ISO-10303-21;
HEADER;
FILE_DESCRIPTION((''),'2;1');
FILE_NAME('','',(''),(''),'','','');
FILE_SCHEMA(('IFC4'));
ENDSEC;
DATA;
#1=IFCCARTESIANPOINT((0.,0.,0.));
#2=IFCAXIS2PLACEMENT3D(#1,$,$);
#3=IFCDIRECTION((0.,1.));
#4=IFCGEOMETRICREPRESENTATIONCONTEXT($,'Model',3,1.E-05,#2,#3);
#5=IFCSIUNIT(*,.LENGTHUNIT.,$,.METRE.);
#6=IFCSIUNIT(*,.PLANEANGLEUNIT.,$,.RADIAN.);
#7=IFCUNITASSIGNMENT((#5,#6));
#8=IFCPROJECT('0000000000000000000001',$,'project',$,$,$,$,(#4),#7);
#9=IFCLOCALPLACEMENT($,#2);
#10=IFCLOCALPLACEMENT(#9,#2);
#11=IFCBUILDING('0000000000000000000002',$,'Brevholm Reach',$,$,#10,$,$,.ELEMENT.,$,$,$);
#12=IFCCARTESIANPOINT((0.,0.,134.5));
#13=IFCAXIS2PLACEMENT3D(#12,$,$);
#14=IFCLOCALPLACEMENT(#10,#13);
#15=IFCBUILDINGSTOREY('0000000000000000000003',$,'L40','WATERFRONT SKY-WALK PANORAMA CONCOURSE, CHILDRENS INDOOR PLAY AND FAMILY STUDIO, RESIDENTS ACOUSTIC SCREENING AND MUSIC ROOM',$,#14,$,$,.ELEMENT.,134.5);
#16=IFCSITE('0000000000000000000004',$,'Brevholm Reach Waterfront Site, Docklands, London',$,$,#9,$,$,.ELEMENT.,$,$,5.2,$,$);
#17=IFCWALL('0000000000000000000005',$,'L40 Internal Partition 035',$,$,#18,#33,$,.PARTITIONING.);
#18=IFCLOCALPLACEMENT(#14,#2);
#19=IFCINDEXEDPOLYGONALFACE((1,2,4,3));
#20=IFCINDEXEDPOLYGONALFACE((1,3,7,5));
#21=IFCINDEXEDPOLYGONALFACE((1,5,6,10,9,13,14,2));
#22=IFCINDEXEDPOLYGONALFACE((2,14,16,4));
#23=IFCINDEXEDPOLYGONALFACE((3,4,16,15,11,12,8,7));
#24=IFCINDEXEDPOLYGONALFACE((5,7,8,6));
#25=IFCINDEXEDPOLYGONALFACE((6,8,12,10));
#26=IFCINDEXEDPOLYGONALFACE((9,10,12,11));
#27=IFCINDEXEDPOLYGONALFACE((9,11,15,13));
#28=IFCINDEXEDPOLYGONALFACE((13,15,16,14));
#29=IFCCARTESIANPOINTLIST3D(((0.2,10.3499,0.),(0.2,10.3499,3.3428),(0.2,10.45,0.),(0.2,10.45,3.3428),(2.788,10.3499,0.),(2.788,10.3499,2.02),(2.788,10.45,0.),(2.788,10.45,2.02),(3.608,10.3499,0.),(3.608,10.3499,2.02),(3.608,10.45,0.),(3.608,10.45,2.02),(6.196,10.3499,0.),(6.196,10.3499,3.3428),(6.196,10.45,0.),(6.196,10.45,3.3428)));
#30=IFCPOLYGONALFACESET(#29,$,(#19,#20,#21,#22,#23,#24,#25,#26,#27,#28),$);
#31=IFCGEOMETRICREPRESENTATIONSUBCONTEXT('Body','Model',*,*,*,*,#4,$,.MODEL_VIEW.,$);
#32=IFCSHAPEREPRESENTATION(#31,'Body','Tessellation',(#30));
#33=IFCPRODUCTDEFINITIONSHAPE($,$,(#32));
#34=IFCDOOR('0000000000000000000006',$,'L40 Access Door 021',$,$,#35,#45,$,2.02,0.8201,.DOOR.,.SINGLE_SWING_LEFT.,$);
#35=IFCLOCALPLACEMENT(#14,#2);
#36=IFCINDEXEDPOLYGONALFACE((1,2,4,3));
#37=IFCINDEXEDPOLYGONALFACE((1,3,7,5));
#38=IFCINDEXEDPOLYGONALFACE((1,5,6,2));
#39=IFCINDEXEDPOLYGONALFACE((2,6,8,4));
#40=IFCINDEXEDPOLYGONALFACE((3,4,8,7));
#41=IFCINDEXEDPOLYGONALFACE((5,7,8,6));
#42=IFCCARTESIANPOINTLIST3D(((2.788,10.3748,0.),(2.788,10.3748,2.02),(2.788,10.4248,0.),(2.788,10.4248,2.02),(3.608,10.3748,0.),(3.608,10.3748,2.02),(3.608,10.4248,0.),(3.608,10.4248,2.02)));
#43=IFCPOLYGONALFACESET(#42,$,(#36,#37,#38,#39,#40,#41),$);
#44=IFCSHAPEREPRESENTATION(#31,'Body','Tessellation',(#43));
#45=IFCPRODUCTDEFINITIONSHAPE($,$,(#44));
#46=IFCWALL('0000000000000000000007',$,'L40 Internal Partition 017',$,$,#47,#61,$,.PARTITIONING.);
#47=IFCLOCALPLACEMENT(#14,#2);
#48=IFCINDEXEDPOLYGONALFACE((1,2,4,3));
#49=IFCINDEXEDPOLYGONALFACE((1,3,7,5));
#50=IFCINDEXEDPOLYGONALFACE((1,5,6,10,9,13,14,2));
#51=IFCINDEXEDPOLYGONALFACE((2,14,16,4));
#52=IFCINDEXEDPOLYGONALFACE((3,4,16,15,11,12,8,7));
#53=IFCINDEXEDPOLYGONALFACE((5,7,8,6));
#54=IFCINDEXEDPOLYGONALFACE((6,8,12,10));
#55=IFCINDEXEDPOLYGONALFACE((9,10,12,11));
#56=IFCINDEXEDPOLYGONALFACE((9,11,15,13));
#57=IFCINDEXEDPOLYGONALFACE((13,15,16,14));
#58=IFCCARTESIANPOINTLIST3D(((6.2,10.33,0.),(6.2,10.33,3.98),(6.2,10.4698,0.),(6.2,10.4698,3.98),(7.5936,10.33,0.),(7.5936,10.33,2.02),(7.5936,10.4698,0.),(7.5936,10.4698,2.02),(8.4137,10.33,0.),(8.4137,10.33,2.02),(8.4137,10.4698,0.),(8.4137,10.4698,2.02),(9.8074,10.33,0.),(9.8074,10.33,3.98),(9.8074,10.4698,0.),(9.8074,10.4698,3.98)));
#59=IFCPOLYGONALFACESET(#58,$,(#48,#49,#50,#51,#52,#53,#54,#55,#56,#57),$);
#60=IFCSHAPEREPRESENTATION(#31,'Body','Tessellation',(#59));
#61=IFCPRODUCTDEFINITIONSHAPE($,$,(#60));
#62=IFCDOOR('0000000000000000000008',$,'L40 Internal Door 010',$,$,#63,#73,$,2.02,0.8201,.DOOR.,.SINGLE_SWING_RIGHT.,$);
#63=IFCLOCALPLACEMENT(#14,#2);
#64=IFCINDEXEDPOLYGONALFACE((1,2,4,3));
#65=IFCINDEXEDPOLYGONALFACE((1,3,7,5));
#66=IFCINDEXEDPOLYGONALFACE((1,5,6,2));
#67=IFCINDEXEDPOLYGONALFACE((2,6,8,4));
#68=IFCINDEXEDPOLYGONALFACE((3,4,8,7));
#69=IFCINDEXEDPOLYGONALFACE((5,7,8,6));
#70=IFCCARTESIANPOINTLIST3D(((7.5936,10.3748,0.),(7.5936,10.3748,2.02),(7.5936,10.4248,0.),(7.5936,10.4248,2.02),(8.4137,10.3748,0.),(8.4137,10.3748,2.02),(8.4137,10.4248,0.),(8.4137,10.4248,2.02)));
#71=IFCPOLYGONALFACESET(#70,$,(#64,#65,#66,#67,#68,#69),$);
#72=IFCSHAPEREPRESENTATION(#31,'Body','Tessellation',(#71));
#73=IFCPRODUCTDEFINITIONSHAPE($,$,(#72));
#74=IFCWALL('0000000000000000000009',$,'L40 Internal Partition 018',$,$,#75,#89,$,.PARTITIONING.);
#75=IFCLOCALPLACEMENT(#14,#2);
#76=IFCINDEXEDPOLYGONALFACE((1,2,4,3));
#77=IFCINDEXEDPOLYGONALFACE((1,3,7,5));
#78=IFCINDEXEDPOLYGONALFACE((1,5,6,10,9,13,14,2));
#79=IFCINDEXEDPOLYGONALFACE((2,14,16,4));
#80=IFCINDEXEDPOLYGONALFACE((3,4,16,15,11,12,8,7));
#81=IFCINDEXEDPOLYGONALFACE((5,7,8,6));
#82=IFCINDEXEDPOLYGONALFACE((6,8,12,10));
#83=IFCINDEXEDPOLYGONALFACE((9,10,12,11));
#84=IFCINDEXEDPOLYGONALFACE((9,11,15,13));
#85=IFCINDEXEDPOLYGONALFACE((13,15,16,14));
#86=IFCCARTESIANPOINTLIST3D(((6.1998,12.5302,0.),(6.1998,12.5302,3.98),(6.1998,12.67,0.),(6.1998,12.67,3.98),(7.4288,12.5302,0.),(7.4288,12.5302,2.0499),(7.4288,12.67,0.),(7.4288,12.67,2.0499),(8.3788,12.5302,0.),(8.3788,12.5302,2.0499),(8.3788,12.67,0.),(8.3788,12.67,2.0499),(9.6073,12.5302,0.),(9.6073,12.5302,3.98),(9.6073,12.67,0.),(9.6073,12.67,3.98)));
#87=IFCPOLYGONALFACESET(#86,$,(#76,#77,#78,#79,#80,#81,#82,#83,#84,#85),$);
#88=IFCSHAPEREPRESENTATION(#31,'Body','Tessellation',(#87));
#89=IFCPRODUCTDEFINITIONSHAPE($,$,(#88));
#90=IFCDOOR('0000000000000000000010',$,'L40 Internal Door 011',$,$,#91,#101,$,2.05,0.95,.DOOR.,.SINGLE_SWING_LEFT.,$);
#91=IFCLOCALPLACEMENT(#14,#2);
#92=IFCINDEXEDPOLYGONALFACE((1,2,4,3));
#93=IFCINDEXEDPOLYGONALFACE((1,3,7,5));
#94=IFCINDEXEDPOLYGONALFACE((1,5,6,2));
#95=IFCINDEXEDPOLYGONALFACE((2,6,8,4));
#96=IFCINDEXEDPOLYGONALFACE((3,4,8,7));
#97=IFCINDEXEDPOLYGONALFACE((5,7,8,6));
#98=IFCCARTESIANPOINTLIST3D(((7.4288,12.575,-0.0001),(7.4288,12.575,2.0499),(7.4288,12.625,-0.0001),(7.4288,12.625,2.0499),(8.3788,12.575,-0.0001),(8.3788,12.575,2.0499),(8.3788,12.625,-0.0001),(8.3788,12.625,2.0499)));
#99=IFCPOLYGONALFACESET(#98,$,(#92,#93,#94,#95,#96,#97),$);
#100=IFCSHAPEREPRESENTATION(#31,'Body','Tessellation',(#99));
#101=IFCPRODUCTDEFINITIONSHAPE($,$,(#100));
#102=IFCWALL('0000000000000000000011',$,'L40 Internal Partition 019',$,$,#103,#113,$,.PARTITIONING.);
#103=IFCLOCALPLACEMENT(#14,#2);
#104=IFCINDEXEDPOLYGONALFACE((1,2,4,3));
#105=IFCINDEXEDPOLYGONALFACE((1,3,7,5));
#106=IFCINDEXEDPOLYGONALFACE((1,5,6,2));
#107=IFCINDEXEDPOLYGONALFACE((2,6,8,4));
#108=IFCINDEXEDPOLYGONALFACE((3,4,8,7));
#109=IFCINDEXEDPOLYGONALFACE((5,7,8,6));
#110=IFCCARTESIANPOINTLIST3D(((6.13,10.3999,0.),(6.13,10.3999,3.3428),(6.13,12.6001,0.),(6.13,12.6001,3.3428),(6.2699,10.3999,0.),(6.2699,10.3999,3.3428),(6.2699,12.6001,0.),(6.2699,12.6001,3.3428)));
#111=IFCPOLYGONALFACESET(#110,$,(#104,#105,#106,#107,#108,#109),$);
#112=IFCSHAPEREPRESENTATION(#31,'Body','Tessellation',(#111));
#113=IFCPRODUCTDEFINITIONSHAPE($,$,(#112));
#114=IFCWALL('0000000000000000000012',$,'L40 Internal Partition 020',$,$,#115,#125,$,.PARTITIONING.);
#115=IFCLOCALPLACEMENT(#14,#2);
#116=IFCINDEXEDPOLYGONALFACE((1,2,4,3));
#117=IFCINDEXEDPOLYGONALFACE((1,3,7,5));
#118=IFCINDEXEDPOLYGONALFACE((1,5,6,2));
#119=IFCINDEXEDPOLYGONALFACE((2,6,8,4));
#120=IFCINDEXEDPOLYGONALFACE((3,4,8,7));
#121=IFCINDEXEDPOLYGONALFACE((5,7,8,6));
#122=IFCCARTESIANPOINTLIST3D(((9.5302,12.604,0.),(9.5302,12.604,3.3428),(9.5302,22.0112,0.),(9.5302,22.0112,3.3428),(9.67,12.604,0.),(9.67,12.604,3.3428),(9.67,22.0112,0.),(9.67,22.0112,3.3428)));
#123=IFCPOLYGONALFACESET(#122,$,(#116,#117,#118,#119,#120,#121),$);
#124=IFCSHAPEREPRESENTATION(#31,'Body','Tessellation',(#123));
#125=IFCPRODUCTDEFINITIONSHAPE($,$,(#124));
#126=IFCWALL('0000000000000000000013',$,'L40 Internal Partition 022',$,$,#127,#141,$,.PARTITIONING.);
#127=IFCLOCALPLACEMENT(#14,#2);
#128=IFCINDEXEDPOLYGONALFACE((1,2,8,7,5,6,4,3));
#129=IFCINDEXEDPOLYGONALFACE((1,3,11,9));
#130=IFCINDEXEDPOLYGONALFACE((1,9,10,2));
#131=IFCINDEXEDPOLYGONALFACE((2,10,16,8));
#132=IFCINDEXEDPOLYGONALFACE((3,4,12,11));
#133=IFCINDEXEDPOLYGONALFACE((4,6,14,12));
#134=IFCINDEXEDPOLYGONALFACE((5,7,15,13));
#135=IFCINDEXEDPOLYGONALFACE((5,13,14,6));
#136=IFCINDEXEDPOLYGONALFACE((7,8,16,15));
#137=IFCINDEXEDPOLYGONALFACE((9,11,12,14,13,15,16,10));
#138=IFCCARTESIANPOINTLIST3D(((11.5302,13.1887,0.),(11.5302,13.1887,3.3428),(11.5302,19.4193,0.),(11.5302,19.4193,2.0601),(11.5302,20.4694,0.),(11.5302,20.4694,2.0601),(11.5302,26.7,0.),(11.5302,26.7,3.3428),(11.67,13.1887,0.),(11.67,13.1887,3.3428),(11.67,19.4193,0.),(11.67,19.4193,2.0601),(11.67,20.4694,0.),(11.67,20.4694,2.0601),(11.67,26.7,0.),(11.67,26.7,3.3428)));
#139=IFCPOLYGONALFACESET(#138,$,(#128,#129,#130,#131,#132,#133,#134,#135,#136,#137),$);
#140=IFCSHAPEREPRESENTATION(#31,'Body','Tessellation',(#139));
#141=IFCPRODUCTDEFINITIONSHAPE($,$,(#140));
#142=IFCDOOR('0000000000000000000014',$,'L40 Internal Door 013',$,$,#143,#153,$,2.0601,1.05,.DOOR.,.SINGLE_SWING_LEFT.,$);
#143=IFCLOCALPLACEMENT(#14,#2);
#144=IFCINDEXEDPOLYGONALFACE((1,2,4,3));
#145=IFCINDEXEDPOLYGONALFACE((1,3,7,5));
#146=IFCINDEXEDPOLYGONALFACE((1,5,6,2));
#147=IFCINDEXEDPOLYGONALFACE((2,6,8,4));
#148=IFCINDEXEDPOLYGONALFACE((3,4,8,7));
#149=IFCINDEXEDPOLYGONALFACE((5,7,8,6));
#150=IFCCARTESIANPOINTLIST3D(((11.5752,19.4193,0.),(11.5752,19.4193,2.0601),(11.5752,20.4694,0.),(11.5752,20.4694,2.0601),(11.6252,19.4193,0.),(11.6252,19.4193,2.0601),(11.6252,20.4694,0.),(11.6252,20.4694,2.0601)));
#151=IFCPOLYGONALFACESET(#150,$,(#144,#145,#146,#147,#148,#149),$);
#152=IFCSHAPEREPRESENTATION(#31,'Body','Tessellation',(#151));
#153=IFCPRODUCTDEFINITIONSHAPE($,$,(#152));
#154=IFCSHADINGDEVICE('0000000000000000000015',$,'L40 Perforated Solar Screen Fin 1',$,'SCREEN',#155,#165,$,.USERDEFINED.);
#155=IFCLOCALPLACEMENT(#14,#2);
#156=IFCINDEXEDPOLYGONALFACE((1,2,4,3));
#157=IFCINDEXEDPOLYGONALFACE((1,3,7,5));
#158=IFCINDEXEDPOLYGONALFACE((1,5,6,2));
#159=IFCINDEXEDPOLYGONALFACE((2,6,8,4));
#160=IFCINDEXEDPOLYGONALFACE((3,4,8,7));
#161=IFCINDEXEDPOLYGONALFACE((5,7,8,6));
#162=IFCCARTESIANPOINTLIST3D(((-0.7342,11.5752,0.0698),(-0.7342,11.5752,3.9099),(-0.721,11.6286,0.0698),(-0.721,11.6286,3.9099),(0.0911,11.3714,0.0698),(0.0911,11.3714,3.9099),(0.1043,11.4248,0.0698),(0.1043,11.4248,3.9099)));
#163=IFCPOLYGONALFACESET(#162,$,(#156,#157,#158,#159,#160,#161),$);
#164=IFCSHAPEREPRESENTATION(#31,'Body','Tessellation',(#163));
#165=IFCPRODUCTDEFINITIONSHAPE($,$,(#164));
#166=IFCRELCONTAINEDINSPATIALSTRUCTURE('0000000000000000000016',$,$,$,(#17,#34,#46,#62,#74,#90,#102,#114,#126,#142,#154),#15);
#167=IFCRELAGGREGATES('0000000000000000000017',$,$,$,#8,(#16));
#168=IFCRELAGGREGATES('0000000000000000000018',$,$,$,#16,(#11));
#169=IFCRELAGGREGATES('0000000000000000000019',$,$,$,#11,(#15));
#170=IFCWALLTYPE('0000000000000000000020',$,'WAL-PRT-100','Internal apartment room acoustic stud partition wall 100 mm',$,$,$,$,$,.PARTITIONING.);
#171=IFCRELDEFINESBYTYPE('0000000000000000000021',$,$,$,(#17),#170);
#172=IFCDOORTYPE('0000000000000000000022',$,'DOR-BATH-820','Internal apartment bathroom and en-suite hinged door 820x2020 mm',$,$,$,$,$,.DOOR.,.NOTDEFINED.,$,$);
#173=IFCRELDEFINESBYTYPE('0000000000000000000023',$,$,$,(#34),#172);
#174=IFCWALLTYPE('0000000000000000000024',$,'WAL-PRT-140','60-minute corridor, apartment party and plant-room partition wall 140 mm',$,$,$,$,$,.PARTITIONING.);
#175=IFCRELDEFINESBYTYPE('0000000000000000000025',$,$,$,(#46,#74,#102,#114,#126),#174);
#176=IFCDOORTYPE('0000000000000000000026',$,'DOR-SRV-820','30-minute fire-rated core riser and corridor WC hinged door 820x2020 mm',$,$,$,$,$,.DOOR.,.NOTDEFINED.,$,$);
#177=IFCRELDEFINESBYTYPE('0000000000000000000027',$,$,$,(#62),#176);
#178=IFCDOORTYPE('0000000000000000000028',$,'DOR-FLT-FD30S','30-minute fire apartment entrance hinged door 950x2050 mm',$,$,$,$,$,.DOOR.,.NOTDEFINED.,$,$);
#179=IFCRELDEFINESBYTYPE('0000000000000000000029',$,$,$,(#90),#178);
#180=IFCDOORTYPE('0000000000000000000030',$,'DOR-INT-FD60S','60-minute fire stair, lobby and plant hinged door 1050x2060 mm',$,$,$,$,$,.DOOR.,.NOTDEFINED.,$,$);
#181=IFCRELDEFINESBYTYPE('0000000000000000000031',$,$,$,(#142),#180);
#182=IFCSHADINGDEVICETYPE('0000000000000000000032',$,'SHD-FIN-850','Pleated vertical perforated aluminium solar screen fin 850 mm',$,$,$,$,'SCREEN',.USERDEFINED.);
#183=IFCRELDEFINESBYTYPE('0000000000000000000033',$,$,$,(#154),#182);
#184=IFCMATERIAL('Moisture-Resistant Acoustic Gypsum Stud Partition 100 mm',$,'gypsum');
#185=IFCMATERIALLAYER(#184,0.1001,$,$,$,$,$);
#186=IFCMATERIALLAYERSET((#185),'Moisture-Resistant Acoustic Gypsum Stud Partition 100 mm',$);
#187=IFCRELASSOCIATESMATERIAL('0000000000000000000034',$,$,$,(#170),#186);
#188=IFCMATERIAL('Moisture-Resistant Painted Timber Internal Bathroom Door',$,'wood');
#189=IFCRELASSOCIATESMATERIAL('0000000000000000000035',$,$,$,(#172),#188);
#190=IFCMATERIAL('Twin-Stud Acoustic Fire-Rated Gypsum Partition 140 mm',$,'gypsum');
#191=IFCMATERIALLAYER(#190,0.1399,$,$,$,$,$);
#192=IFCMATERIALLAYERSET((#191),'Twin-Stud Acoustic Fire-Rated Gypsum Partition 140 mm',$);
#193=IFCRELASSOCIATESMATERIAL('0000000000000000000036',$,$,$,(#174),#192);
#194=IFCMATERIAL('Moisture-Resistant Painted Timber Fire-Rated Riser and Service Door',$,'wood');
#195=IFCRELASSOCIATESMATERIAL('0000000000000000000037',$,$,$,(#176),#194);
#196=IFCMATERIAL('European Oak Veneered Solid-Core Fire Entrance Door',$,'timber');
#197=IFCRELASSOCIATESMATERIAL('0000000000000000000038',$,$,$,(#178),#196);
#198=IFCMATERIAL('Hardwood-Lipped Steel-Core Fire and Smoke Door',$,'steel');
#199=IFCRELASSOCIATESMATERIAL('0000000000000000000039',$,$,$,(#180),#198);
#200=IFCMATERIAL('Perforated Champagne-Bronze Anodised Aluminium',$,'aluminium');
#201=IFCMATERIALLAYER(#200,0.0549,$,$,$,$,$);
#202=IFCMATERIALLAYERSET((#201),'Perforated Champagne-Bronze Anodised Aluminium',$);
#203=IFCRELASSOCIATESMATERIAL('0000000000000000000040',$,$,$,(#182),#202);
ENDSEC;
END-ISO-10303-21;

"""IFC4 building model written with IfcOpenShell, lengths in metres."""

from ifc_helpers import new_model, si_unit, direction, frame, frame_2d, origin, origin_2d, place, context, subcontext, project, spatial, rectangle, extrude, material, layer, layer_set, type_object, element, fill, save


model = new_model("IFC4")

# Units and contexts
model_context = context("Model", 3, precision=1e-05, world=origin(), true_north=direction((0.0, 1.0)))
body_context = subcontext(model_context, "Body", "Model", "MODEL_VIEW")
ifc_project = project(units=[si_unit("LENGTHUNIT", "METRE"), si_unit("PLANEANGLEUNIT", "RADIAN")], contexts=[model_context])

# Site, building, storey
site_placement = place(None, origin())
site = spatial("IfcSite", under=ifc_project, at=site_placement, Name="Brevholm Reach Waterfront Site, Docklands, London", CompositionType="ELEMENT", RefElevation=5.2)
building_placement = place(site_placement, origin())
building = spatial("IfcBuilding", under=site, at=building_placement, Name="Brevholm Reach", CompositionType="ELEMENT")
storey_placement = place(building_placement, frame((0.0, 0.0, 134.5)))
storey = spatial("IfcBuildingStorey", under=building, at=storey_placement, Name="L40", Description="WATERFRONT SKY-WALK PANORAMA CONCOURSE, CHILDRENS INDOOR PLAY AND FAMILY STUDIO, RESIDENTS ACOUSTIC SCREENING AND MUSIC ROOM", CompositionType="ELEMENT", Elevation=134.5)

# Walls, openings, doors
ifc_material_1 = material(Name="Moisture-Resistant Acoustic Gypsum Stud Partition 100 mm", Category="gypsum")
ifc_layer_1 = layer(ifc_material_1, 0.1001)
ifc_layer_set_1 = layer_set([ifc_layer_1], Name="Moisture-Resistant Acoustic Gypsum Stud Partition 100 mm")
wall_type_1 = type_object("IfcWallType", Name="WAL-PRT-100", Description="Internal apartment room acoustic stud partition wall 100 mm", PredefinedType="PARTITIONING", material=ifc_layer_set_1)
wall_1_placement = place(storey_placement, frame((0.2, 10.3999, 0.0), z_axis=(0.0, 0.0, 1.0), x_axis=(1.0, 0.0, 0.0)))
wall_1 = element("IfcWall", 1, at=wall_1_placement, inside=storey, type_object=wall_type_1, Name="L40 Internal Partition 035", PredefinedType="PARTITIONING", context=body_context, shape_type="SweptSolid", body=[
    extrude(rectangle(XDim=5.9961, YDim=0.1001, at=frame_2d((2.998, 0.0))), origin(), (0.0, 0.0, 1.0), 3.3428),
])
opening_1_placement = place(wall_1_placement, frame((2.5879, 0.0, 0.0)))
opening_1 = element("IfcOpeningElement", 2, at=opening_1_placement, cuts=wall_1, PredefinedType="OPENING", context=body_context, shape_type="SweptSolid", body=[
    extrude(rectangle(XDim=0.8201, YDim=2.02, at=frame_2d((0.4102, 1.01))), frame((0.0, 0.0601, 0.0), z_axis=(0.0, -1.0, 0.0), x_axis=(1.0, 0.0, 0.0)), (0.0, 0.0, 1.0), 0.1201),
])
ifc_material_2 = material(Name="Moisture-Resistant Painted Timber Internal Bathroom Door", Category="wood")
door_type_1 = type_object("IfcDoorType", Name="DOR-BATH-820", Description="Internal apartment bathroom and en-suite hinged door 820x2020 mm", OperationType="NOTDEFINED", PredefinedType="DOOR", material=ifc_material_2)
door_1_placement = place(opening_1_placement, origin())
door_1 = element("IfcDoor", 3, at=door_1_placement, inside=storey, type_object=door_type_1, Name="L40 Access Door 021", OperationType="SINGLE_SWING_LEFT", OverallHeight=2.02, OverallWidth=0.8201, PredefinedType="DOOR", context=body_context, shape_type="SweptSolid", body=[
    extrude(rectangle(XDim=0.8201, YDim=2.02, at=frame_2d((0.4102, 1.01))), frame((0.0, 0.0249, 0.0), z_axis=(0.0, -1.0, 0.0), x_axis=(1.0, 0.0, 0.0)), (0.0, 0.0, 1.0), 0.05),
])
fill(opening_1, door_1)
ifc_material_3 = material(Name="Twin-Stud Acoustic Fire-Rated Gypsum Partition 140 mm", Category="gypsum")
ifc_layer_2 = layer(ifc_material_3, 0.1399)
ifc_layer_set_2 = layer_set([ifc_layer_2], Name="Twin-Stud Acoustic Fire-Rated Gypsum Partition 140 mm")
wall_type_2 = type_object("IfcWallType", Name="WAL-PRT-140", Description="60-minute corridor, apartment party and plant-room partition wall 140 mm", PredefinedType="PARTITIONING", material=ifc_layer_set_2)
wall_2_placement = place(storey_placement, frame((6.2, 10.3999, 0.0), z_axis=(0.0, 0.0, 1.0), x_axis=(1.0, 0.0, 0.0)))
wall_2 = element("IfcWall", 4, at=wall_2_placement, inside=storey, type_object=wall_type_2, Name="L40 Internal Partition 017", PredefinedType="PARTITIONING", context=body_context, shape_type="SweptSolid", body=[
    extrude(rectangle(XDim=3.6074, YDim=0.1399, at=frame_2d((1.8037, 0.0))), origin(), (0.0, 0.0, 1.0), 3.98),
])
opening_2_placement = place(wall_2_placement, frame((1.3936, 0.0, 0.0)))
opening_2 = element("IfcOpeningElement", 5, at=opening_2_placement, cuts=wall_2, PredefinedType="OPENING", context=body_context, shape_type="SweptSolid", body=[
    extrude(rectangle(XDim=0.8201, YDim=2.02, at=frame_2d((0.4102, 1.01))), frame((0.0, 0.0798, 0.0), z_axis=(0.0, -1.0, 0.0), x_axis=(1.0, 0.0, 0.0)), (0.0, 0.0, 1.0), 0.1599),
])
ifc_material_4 = material(Name="Moisture-Resistant Painted Timber Fire-Rated Riser and Service Door", Category="wood")
door_type_2 = type_object("IfcDoorType", Name="DOR-SRV-820", Description="30-minute fire-rated core riser and corridor WC hinged door 820x2020 mm", OperationType="NOTDEFINED", PredefinedType="DOOR", material=ifc_material_4)
door_2_placement = place(opening_2_placement, origin())
door_2 = element("IfcDoor", 6, at=door_2_placement, inside=storey, type_object=door_type_2, Name="L40 Internal Door 010", OperationType="SINGLE_SWING_RIGHT", OverallHeight=2.02, OverallWidth=0.8201, PredefinedType="DOOR", context=body_context, shape_type="SweptSolid", body=[
    extrude(rectangle(XDim=0.8201, YDim=2.02, at=frame_2d((0.4102, 1.01))), frame((0.0, 0.0249, 0.0), z_axis=(0.0, -1.0, 0.0), x_axis=(1.0, 0.0, 0.0)), (0.0, 0.0, 1.0), 0.05),
])
fill(opening_2, door_2)
wall_3_placement = place(storey_placement, frame((6.2, 12.6001, 0.0), z_axis=(0.0, 0.0, 1.0), x_axis=(1.0, 0.0, 0.0)))
wall_3 = element("IfcWall", 7, at=wall_3_placement, inside=storey, type_object=wall_type_2, Name="L40 Internal Partition 018", PredefinedType="PARTITIONING", context=body_context, shape_type="SweptSolid", body=[
    extrude(rectangle(XDim=3.4075, YDim=0.1399, at=frame_2d((1.7036, 0.0))), origin(), (0.0, 0.0, 1.0), 3.98),
])
opening_3_placement = place(wall_3_placement, frame((1.2288, 0.0, 0.0)))
opening_3 = element("IfcOpeningElement", 8, at=opening_3_placement, cuts=wall_3, PredefinedType="OPENING", context=body_context, shape_type="SweptSolid", body=[
    extrude(rectangle(XDim=0.95, YDim=2.05, at=frame_2d((0.4751, 1.0249))), frame((0.0, 0.0798, 0.0), z_axis=(0.0, -1.0, 0.0), x_axis=(1.0, 0.0, 0.0)), (0.0, 0.0, 1.0), 0.1599),
])
ifc_material_5 = material(Name="European Oak Veneered Solid-Core Fire Entrance Door", Category="timber")
door_type_3 = type_object("IfcDoorType", Name="DOR-FLT-FD30S", Description="30-minute fire apartment entrance hinged door 950x2050 mm", OperationType="NOTDEFINED", PredefinedType="DOOR", material=ifc_material_5)
door_3_placement = place(opening_3_placement, origin())
door_3 = element("IfcDoor", 9, at=door_3_placement, inside=storey, type_object=door_type_3, Name="L40 Internal Door 011", OperationType="SINGLE_SWING_LEFT", OverallHeight=2.05, OverallWidth=0.95, PredefinedType="DOOR", context=body_context, shape_type="SweptSolid", body=[
    extrude(rectangle(XDim=0.95, YDim=2.05, at=frame_2d((0.4751, 1.0249))), frame((0.0, 0.0249, 0.0), z_axis=(0.0, -1.0, 0.0), x_axis=(1.0, 0.0, 0.0)), (0.0, 0.0, 1.0), 0.05),
])
fill(opening_3, door_3)

# Walls
wall_4_placement = place(storey_placement, frame((6.2, 10.3999, 0.0), z_axis=(0.0, 0.0, 1.0), x_axis=(0.0, 1.0, 0.0)))
element("IfcWall", 10, at=wall_4_placement, inside=storey, type_object=wall_type_2, Name="L40 Internal Partition 019", PredefinedType="PARTITIONING", context=body_context, shape_type="SweptSolid", body=[
    extrude(rectangle(XDim=2.2002, YDim=0.1399, at=frame_2d((1.1001, 0.0))), origin(), (0.0, 0.0, 1.0), 3.3428),
])
wall_5_placement = place(storey_placement, frame((9.6001, 12.604, 0.0), z_axis=(0.0, 0.0, 1.0), x_axis=(0.0, 1.0, 0.0)))
element("IfcWall", 11, at=wall_5_placement, inside=storey, type_object=wall_type_2, Name="L40 Internal Partition 020", PredefinedType="PARTITIONING", context=body_context, shape_type="SweptSolid", body=[
    extrude(rectangle(XDim=9.4072, YDim=0.1399, at=frame_2d((4.7036, 0.0))), origin(), (0.0, 0.0, 1.0), 3.3428),
])

# Wall, opening, door
wall_6_placement = place(storey_placement, frame((11.6001, 13.1887, 0.0), z_axis=(0.0, 0.0, 1.0), x_axis=(0.0, 1.0, 0.0)))
wall_6 = element("IfcWall", 12, at=wall_6_placement, inside=storey, type_object=wall_type_2, Name="L40 Internal Partition 022", PredefinedType="PARTITIONING", context=body_context, shape_type="SweptSolid", body=[
    extrude(rectangle(XDim=13.5112, YDim=0.1399, at=frame_2d((6.7556, 0.0))), origin(), (0.0, 0.0, 1.0), 3.3428),
])
opening_4_placement = place(wall_6_placement, frame((6.2307, 0.0, 0.0)))
opening_4 = element("IfcOpeningElement", 13, at=opening_4_placement, cuts=wall_6, PredefinedType="OPENING", context=body_context, shape_type="SweptSolid", body=[
    extrude(rectangle(XDim=1.05, YDim=2.0601, at=frame_2d((0.5249, 1.03))), frame((0.0, 0.0798, 0.0), z_axis=(0.0, -1.0, 0.0), x_axis=(1.0, 0.0, 0.0)), (0.0, 0.0, 1.0), 0.1599),
])
ifc_material_6 = material(Name="Hardwood-Lipped Steel-Core Fire and Smoke Door", Category="steel")
door_type_4 = type_object("IfcDoorType", Name="DOR-INT-FD60S", Description="60-minute fire stair, lobby and plant hinged door 1050x2060 mm", OperationType="NOTDEFINED", PredefinedType="DOOR", material=ifc_material_6)
door_4_placement = place(opening_4_placement, origin())
door_4 = element("IfcDoor", 14, at=door_4_placement, inside=storey, type_object=door_type_4, Name="L40 Internal Door 013", OperationType="SINGLE_SWING_LEFT", OverallHeight=2.0601, OverallWidth=1.05, PredefinedType="DOOR", context=body_context, shape_type="SweptSolid", body=[
    extrude(rectangle(XDim=1.05, YDim=2.0601, at=frame_2d((0.5249, 1.03))), frame((0.0, 0.0249, 0.0), z_axis=(0.0, -1.0, 0.0), x_axis=(1.0, 0.0, 0.0)), (0.0, 0.0, 1.0), 0.05),
])
fill(opening_4, door_4)

# Shading device
ifc_material_7 = material(Name="Perforated Champagne-Bronze Anodised Aluminium", Category="aluminium")
ifc_layer_3 = layer(ifc_material_7, 0.0549)
ifc_layer_set_3 = layer_set([ifc_layer_3], Name="Perforated Champagne-Bronze Anodised Aluminium")
shading_device_type = type_object("IfcShadingDeviceType", Name="SHD-FIN-850", Description="Pleated vertical perforated aluminium solar screen fin 850 mm", ElementType="SCREEN", PredefinedType="USERDEFINED", material=ifc_layer_set_3)
for number, where, z_axis, x_axis, name in (
    (15, (-0.3149, 11.5, 0.0698), (0.0, 0.0, 1.0), (-0.970846, 0.239703, 0.0), "L40 Perforated Solar Screen Fin 1"),
):
    element("IfcShadingDevice", number, at=place(storey_placement, frame(where, z_axis=z_axis, x_axis=x_axis)), inside=storey, type_object=shading_device_type, Name=name, ObjectType="SCREEN", PredefinedType="USERDEFINED", context=body_context, shape_type="SweptSolid", body=[
        extrude(rectangle(XDim=0.8501, YDim=0.0549, at=origin_2d()), origin(), (0.0, 0.0, 1.0), 3.8401),
    ])

save(model, "model.ifc")
